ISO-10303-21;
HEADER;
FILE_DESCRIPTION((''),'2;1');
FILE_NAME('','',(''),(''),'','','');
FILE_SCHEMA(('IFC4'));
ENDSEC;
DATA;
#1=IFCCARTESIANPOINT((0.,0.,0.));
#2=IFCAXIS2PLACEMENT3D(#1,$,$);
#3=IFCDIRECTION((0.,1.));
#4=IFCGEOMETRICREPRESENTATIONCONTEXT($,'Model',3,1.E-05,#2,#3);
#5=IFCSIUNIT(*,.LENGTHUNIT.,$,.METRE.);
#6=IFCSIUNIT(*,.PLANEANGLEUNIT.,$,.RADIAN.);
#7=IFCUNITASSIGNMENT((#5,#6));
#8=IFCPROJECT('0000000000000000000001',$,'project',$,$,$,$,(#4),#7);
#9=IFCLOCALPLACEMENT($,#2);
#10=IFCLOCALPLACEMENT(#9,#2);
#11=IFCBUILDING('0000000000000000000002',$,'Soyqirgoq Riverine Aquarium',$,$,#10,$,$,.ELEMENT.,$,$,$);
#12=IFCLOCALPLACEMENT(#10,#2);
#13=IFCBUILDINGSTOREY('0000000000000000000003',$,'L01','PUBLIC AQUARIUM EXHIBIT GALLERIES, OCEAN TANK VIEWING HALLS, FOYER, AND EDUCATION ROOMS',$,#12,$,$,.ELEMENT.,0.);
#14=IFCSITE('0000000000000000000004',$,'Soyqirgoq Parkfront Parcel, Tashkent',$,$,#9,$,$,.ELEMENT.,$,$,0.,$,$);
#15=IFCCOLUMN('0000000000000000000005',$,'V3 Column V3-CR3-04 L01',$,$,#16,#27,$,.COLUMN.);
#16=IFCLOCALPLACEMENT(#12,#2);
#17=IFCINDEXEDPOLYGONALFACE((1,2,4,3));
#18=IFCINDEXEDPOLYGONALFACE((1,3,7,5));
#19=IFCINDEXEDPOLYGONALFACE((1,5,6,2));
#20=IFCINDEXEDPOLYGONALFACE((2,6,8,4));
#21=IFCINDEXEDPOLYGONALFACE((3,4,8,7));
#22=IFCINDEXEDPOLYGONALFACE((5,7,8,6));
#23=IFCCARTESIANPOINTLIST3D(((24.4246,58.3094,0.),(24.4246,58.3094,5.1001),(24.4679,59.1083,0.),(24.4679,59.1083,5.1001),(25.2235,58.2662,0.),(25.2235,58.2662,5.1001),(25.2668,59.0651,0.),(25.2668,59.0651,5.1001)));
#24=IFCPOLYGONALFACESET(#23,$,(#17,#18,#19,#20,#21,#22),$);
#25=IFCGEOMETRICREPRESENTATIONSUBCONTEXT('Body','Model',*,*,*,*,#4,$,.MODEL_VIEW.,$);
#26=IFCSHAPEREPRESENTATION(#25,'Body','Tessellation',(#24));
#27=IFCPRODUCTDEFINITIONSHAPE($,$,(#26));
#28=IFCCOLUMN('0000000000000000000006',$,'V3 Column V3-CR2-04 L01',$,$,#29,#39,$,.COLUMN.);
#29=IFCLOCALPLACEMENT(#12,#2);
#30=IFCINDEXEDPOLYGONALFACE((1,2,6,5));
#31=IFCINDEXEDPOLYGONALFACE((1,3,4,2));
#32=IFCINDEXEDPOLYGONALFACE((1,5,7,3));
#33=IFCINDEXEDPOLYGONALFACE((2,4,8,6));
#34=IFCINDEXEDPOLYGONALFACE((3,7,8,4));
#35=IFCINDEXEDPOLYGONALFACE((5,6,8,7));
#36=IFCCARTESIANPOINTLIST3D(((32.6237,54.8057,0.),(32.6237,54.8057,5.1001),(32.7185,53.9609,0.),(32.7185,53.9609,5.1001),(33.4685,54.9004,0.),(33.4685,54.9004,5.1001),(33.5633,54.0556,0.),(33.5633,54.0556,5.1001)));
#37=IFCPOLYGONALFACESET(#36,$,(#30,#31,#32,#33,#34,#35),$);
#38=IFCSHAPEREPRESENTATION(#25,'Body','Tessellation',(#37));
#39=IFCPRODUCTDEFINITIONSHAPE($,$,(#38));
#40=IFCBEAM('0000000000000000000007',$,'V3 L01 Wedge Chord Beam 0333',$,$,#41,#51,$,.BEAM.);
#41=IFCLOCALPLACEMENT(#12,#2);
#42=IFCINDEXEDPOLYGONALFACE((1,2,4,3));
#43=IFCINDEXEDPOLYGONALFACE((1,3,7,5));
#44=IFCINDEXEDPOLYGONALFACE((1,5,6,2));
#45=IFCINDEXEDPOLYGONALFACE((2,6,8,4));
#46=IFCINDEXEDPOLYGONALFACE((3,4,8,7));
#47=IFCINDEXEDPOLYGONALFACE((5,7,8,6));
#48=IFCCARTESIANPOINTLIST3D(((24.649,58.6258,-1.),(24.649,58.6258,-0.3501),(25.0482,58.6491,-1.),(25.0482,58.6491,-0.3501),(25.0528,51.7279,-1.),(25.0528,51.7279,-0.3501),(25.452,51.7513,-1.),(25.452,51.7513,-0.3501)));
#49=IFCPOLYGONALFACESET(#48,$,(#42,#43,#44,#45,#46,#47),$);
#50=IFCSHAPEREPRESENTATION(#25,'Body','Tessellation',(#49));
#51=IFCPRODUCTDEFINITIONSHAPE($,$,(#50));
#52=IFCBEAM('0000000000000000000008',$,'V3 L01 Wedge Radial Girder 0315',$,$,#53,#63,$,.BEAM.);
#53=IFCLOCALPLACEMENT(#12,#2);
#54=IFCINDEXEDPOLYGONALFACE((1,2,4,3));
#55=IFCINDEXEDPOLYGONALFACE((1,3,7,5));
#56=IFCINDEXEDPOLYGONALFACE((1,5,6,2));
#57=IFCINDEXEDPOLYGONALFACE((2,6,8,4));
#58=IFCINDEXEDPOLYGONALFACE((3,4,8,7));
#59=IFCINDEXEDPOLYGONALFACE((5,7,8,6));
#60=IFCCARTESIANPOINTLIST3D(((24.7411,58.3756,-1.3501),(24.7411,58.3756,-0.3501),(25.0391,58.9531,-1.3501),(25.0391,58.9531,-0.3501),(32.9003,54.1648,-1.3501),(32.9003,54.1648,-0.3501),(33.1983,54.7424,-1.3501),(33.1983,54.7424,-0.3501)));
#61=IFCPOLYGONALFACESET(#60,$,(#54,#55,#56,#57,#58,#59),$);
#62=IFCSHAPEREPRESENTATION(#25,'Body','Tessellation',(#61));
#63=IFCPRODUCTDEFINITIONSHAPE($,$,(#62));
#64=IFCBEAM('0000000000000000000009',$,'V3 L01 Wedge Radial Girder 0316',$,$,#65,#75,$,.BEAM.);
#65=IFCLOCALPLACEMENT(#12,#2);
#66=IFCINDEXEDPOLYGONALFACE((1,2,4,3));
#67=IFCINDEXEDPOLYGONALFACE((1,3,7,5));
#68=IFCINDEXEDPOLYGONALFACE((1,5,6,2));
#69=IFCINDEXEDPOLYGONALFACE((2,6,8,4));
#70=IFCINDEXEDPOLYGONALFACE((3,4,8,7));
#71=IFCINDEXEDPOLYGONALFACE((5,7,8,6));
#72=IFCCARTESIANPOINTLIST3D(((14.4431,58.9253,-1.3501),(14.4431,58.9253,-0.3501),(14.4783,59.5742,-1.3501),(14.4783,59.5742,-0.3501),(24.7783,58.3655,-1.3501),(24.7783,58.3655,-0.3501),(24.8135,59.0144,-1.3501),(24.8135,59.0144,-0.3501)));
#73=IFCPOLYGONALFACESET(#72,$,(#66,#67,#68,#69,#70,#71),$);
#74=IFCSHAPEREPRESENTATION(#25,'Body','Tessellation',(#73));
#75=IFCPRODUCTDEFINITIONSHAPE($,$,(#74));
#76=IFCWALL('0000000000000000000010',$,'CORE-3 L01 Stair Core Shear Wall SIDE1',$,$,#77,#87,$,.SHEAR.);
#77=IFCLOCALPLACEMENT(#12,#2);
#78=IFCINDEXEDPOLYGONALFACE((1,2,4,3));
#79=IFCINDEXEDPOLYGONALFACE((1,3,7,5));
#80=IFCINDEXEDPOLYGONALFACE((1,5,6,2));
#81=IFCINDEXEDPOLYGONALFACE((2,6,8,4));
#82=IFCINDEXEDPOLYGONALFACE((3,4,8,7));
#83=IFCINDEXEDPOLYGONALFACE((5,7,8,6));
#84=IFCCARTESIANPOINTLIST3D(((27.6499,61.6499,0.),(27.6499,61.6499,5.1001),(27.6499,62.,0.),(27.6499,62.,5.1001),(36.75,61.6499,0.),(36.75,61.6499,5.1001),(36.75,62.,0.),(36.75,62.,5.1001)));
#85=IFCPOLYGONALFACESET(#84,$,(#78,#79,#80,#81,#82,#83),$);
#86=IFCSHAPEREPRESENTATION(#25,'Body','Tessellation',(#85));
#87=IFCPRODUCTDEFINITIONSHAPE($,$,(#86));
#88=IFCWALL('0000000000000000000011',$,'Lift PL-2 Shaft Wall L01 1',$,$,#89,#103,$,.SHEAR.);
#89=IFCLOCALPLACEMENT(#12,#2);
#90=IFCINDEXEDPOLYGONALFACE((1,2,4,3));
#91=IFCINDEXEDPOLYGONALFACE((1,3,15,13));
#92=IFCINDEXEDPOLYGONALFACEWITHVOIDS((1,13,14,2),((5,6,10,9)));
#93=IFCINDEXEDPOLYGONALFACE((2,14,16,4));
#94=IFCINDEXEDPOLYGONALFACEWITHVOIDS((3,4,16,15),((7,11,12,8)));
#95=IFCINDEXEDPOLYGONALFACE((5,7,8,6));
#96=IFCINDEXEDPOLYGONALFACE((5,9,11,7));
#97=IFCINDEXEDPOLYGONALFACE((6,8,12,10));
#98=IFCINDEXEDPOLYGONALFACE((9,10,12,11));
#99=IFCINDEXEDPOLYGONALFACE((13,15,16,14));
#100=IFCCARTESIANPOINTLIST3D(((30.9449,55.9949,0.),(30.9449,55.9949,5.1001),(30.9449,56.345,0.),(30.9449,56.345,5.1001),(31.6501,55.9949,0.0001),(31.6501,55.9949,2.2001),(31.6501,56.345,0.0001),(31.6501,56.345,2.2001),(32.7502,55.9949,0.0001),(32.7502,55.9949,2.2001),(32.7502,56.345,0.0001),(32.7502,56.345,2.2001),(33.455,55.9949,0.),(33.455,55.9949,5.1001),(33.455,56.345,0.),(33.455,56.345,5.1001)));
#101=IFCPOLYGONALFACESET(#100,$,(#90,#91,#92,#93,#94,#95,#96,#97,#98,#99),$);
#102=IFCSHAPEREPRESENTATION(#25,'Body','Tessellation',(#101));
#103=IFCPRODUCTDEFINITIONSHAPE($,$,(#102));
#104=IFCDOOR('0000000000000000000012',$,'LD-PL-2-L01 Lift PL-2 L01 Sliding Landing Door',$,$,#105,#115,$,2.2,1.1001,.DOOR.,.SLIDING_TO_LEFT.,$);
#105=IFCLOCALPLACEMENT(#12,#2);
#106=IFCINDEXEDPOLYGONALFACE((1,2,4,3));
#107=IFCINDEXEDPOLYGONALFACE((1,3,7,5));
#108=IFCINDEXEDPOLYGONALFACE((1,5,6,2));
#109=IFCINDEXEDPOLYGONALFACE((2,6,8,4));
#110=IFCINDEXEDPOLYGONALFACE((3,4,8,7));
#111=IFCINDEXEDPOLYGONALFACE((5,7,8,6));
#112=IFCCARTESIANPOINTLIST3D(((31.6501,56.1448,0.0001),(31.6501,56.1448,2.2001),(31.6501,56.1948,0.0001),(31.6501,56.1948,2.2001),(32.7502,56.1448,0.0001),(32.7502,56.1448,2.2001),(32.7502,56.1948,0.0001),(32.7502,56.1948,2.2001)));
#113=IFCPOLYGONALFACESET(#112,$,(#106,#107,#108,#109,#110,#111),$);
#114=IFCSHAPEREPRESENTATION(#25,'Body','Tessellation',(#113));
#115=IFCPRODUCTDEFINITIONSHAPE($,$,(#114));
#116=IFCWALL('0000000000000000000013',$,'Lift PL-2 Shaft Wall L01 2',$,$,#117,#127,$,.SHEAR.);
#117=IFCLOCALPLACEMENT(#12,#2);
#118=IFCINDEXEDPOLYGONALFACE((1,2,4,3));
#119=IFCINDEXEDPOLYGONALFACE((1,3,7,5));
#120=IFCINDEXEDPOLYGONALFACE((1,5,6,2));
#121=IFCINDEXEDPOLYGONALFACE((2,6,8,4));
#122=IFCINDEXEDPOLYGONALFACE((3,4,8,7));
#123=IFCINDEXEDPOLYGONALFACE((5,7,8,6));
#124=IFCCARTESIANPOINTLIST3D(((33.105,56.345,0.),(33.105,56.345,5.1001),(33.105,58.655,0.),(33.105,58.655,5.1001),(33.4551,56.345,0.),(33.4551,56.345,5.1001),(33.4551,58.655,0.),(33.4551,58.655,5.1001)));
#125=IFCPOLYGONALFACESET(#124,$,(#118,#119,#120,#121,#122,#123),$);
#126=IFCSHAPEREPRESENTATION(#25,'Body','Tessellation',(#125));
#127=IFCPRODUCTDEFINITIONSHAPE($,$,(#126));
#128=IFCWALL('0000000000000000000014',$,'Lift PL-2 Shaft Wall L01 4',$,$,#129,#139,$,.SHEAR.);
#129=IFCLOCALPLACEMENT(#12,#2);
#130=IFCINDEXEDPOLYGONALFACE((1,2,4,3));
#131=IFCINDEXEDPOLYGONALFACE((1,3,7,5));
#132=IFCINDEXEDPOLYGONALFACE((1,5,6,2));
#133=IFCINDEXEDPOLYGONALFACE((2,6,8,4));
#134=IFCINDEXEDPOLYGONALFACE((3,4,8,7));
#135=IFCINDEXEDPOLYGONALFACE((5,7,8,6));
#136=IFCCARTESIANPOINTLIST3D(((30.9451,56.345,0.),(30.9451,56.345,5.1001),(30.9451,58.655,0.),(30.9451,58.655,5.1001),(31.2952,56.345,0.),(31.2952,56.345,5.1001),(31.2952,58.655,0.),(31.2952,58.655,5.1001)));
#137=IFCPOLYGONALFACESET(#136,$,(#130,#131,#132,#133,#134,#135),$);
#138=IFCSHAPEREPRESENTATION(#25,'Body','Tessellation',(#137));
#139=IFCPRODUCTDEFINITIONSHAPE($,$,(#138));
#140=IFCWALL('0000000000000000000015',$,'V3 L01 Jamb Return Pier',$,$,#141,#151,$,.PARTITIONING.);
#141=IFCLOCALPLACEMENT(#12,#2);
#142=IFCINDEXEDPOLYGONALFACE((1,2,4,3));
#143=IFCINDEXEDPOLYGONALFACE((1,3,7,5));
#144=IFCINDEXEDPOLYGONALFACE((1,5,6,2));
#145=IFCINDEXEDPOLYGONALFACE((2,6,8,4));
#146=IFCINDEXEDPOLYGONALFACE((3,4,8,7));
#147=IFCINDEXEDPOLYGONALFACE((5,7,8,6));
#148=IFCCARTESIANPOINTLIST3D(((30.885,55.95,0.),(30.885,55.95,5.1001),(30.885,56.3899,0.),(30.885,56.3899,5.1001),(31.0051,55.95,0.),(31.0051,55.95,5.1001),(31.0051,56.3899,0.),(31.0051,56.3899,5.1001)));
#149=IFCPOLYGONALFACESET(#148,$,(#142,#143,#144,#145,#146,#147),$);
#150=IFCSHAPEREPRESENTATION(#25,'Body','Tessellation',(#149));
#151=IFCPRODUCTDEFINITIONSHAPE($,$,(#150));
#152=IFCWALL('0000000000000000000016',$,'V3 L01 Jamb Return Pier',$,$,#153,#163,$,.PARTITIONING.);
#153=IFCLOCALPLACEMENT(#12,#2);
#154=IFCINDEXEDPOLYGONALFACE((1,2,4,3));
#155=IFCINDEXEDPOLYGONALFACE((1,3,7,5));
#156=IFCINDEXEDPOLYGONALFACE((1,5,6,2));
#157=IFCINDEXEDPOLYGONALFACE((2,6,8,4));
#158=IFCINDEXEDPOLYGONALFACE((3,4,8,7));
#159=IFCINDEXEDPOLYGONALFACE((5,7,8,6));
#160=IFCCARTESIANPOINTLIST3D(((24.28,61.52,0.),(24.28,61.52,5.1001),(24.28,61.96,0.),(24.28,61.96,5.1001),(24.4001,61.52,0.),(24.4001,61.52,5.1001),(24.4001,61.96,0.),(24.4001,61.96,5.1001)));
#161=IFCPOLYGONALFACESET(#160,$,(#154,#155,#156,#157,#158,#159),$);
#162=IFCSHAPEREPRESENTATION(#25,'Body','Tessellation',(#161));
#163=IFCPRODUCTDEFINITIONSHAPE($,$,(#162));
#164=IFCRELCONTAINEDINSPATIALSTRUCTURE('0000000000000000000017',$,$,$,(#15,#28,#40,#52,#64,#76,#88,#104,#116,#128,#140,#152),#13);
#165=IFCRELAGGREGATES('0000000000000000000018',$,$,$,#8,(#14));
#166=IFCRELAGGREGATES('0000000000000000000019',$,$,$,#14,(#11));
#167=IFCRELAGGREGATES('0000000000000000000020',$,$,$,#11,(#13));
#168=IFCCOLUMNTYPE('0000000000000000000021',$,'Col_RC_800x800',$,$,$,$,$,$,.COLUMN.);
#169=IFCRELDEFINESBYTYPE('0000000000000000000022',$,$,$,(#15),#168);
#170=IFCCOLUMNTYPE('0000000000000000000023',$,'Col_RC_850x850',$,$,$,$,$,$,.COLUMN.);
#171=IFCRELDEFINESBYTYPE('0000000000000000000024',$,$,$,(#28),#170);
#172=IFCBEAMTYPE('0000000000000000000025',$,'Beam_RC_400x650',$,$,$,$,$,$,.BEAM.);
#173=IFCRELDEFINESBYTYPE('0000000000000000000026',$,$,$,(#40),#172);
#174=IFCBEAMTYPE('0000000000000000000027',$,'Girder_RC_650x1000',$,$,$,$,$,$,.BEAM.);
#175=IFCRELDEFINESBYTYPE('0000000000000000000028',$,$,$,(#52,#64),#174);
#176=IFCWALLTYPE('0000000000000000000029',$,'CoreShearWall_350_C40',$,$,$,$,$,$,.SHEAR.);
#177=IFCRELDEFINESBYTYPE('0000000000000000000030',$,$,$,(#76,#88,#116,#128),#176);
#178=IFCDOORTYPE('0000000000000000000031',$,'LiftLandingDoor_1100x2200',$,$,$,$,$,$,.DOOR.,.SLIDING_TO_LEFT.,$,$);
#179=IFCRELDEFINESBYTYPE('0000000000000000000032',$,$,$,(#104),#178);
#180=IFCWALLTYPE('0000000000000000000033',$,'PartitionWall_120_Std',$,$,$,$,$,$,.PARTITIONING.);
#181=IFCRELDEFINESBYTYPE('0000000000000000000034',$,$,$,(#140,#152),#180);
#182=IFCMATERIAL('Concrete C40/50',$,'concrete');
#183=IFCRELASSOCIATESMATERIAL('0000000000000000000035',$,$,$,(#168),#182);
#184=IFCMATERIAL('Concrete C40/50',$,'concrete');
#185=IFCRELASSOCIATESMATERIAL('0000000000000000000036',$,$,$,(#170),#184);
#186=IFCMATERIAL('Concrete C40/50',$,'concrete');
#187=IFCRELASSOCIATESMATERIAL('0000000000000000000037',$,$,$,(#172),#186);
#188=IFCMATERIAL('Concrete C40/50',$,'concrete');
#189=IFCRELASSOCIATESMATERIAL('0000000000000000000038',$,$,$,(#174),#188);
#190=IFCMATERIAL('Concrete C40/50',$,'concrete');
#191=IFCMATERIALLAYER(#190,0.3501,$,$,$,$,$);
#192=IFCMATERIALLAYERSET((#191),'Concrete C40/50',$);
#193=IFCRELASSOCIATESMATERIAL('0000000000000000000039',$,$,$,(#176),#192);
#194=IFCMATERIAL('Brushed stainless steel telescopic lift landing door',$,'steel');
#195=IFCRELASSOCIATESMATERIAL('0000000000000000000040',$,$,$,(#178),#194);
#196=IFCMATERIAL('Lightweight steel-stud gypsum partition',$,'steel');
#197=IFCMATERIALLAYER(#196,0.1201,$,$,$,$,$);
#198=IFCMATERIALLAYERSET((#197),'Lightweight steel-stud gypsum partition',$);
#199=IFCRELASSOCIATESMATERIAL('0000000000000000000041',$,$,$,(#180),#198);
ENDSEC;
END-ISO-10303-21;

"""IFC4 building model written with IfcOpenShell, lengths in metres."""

from ifc_helpers import new_model, si_unit, direction, frame, frame_2d, origin, origin_2d, place, context, subcontext, project, spatial, rectangle, extrude, material, layer, layer_set, material_profile, profile_set, type_object, element, fill, save


model = new_model("IFC4")

# Units and contexts
model_context = context("Model", 3, precision=1e-05, world=origin(), true_north=direction((0.0, 1.0)))
body_context = subcontext(model_context, "Body", "Model", "MODEL_VIEW")
ifc_project = project(units=[si_unit("LENGTHUNIT", "METRE"), si_unit("PLANEANGLEUNIT", "RADIAN")], contexts=[model_context])

# Site, building, storey
site_placement = place(None, origin())
site = spatial("IfcSite", under=ifc_project, at=site_placement, Name="Soyqirgoq Parkfront Parcel, Tashkent", CompositionType="ELEMENT", RefElevation=0.0)
building_placement = place(site_placement, origin())
building = spatial("IfcBuilding", under=site, at=building_placement, Name="Soyqirgoq Riverine Aquarium", CompositionType="ELEMENT")
storey_placement = place(building_placement, origin())
storey = spatial("IfcBuildingStorey", under=building, at=storey_placement, Name="L01", Description="PUBLIC AQUARIUM EXHIBIT GALLERIES, OCEAN TANK VIEWING HALLS, FOYER, AND EDUCATION ROOMS", CompositionType="ELEMENT", Elevation=0.0)

# Columns
ifc_material_1 = material(Name="Concrete C40/50", Category="concrete")
ifc_material_profile_1 = material_profile(ifc_material_1, rectangle(XDim=0.8, YDim=0.8, at=origin_2d()), Name="RC 800x800")
ifc_profile_set_1 = profile_set([ifc_material_profile_1], Name="Concrete C40/50")
column_type_1 = type_object("IfcColumnType", Name="Col_RC_800x800", PredefinedType="COLUMN", material=ifc_profile_set_1)
column_1_placement = place(storey_placement, frame((24.8457, 58.6873, 0.0), z_axis=(0.0, 0.0, 1.0), x_axis=(-0.998537, 0.054079, 0.0)))
element("IfcColumn", 1, at=column_1_placement, inside=storey, type_object=column_type_1, Name="V3 Column V3-CR3-04 L01", PredefinedType="COLUMN", context=body_context, shape_type="SweptSolid", body=[
    extrude(rectangle(XDim=0.8, YDim=0.8, at=origin_2d()), origin(), (0.0, 0.0, 1.0), 5.1001),
])
ifc_material_2 = material(Name="Concrete C40/50", Category="concrete")
ifc_material_profile_2 = material_profile(ifc_material_2, rectangle(XDim=0.8501, YDim=0.8501, at=origin_2d()), Name="RC 850x850")
ifc_profile_set_2 = profile_set([ifc_material_profile_2], Name="Concrete C40/50")
column_type_2 = type_object("IfcColumnType", Name="Col_RC_850x850", PredefinedType="COLUMN", material=ifc_profile_set_2)
column_2_placement = place(storey_placement, frame((33.0935, 54.4307, 0.0), z_axis=(0.0, 0.0, 1.0), x_axis=(-0.993768, -0.111469, 0.0)))
element("IfcColumn", 2, at=column_2_placement, inside=storey, type_object=column_type_2, Name="V3 Column V3-CR2-04 L01", PredefinedType="COLUMN", context=body_context, shape_type="SweptSolid", body=[
    extrude(rectangle(XDim=0.8501, YDim=0.8501, at=origin_2d()), origin(), (0.0, 0.0, 1.0), 5.1001),
])

# Beams
ifc_material_3 = material(Name="Concrete C40/50", Category="concrete")
ifc_material_profile_3 = material_profile(ifc_material_3, rectangle(XDim=0.3999, YDim=0.6499, at=origin_2d()), Name="RC 400x650")
ifc_profile_set_3 = profile_set([ifc_material_profile_3], Name="Concrete C40/50")
beam_type_1 = type_object("IfcBeamType", Name="Beam_RC_400x650", PredefinedType="BEAM", material=ifc_profile_set_3)
beam_1_placement = place(storey_placement, frame((24.8486, 58.6375, -0.675), z_axis=(0.05844, -0.998291, 0.0), x_axis=(0.998291, 0.05844, 0.0)))
element("IfcBeam", 3, at=beam_1_placement, inside=storey, type_object=beam_type_1, Name="V3 L01 Wedge Chord Beam 0333", PredefinedType="BEAM", context=body_context, shape_type="SweptSolid", body=[
    extrude(rectangle(XDim=0.3999, YDim=0.6499, at=origin_2d()), origin(), (0.0, 0.0, 1.0), 6.9097),
])
ifc_material_4 = material(Name="Concrete C40/50", Category="concrete")
ifc_material_profile_4 = material_profile(ifc_material_4, rectangle(XDim=0.6499, YDim=1.0, at=origin_2d()), Name="RC 650x1000")
ifc_profile_set_4 = profile_set([ifc_material_profile_4], Name="Concrete C40/50")
beam_type_2 = type_object("IfcBeamType", Name="Girder_RC_650x1000", PredefinedType="BEAM", material=ifc_profile_set_4)
beam_2_placement = place(storey_placement, frame((33.0493, 54.4536, -0.8501), z_axis=(-0.888643, 0.4586, 0.0), x_axis=(-0.4586, -0.888643, 0.0)))
element("IfcBeam", 4, at=beam_2_placement, inside=storey, type_object=beam_type_2, Name="V3 L01 Wedge Radial Girder 0315", PredefinedType="BEAM", context=body_context, shape_type="SweptSolid", body=[
    extrude(rectangle(XDim=0.6499, YDim=1.0, at=origin_2d()), origin(), (0.0, 0.0, 1.0), 9.1816),
])
beam_3_placement = place(storey_placement, frame((24.7959, 58.6899, -0.8501), z_axis=(-0.998536, 0.054086, 0.0), x_axis=(-0.054086, -0.998536, 0.0)))
element("IfcBeam", 5, at=beam_3_placement, inside=storey, type_object=beam_type_2, Name="V3 L01 Wedge Radial Girder 0316", PredefinedType="BEAM", context=body_context, shape_type="SweptSolid", body=[
    extrude(rectangle(XDim=0.6499, YDim=1.0, at=origin_2d()), origin(), (0.0, 0.0, 1.0), 10.3503),
])

# Wall
ifc_material_5 = material(Name="Concrete C40/50", Category="concrete")
ifc_layer_1 = layer(ifc_material_5, 0.3501)
ifc_layer_set_1 = layer_set([ifc_layer_1], Name="Concrete C40/50")
wall_type_1 = type_object("IfcWallType", Name="CoreShearWall_350_C40", PredefinedType="SHEAR", material=ifc_layer_set_1)
wall_1_placement = place(storey_placement, frame((27.6499, 61.825, 0.0), z_axis=(0.0, 0.0, 1.0), x_axis=(1.0, 0.0, 0.0)))
element("IfcWall", 6, at=wall_1_placement, inside=storey, type_object=wall_type_1, Name="CORE-3 L01 Stair Core Shear Wall SIDE1", PredefinedType="SHEAR", context=body_context, shape_type="SweptSolid", body=[
    extrude(rectangle(XDim=9.1001, YDim=0.3501, at=frame_2d((4.55, 0.0))), origin(), (0.0, 0.0, 1.0), 5.1001),
])

# Wall, opening, door
wall_2_placement = place(storey_placement, frame((30.9451, 56.1699, 0.0), z_axis=(0.0, 0.0, 1.0), x_axis=(1.0, 0.0, 0.0)))
wall_2 = element("IfcWall", 7, at=wall_2_placement, inside=storey, type_object=wall_type_1, Name="Lift PL-2 Shaft Wall L01 1", PredefinedType="SHEAR", context=body_context, shape_type="SweptSolid", body=[
    extrude(rectangle(XDim=2.51, YDim=0.3501, at=frame_2d((1.2549, 0.0))), origin(), (0.0, 0.0, 1.0), 5.1001),
])
opening_1_placement = place(wall_2_placement, frame((0.7051, 0.0, 0.0)))
opening_1 = element("IfcOpeningElement", 8, at=opening_1_placement, cuts=wall_2, PredefinedType="OPENING", context=body_context, shape_type="SweptSolid", body=[
    extrude(rectangle(XDim=1.1001, YDim=2.2, at=frame_2d((0.55, 1.1001))), frame((0.0, 0.1851, 0.0), z_axis=(0.0, -1.0, 0.0), x_axis=(1.0, 0.0, 0.0)), (0.0, 0.0, 1.0), 0.3701),
])
ifc_material_6 = material(Name="Brushed stainless steel telescopic lift landing door", Category="steel")
door_type_1 = type_object("IfcDoorType", Name="LiftLandingDoor_1100x2200", OperationType="SLIDING_TO_LEFT", PredefinedType="DOOR", material=ifc_material_6)
door_1_placement = place(opening_1_placement, origin())
door_1 = element("IfcDoor", 9, at=door_1_placement, inside=storey, type_object=door_type_1, Name="LD-PL-2-L01 Lift PL-2 L01 Sliding Landing Door", OperationType="SLIDING_TO_LEFT", OverallHeight=2.2, OverallWidth=1.1001, PredefinedType="DOOR", context=body_context, shape_type="SweptSolid", body=[
    extrude(rectangle(XDim=1.1001, YDim=2.2, at=frame_2d((0.55, 1.1001))), frame((0.0, 0.0249, 0.0), z_axis=(0.0, -1.0, 0.0), x_axis=(1.0, 0.0, 0.0)), (0.0, 0.0, 1.0), 0.05),
])
fill(opening_1, door_1)

# Walls
for number, where, z_axis, x_axis, name in (
    (10, (33.28, 56.345, 0.0), (0.0, 0.0, 1.0), (0.0, 1.0, 0.0), "Lift PL-2 Shaft Wall L01 2"),
    (11, (31.1201, 58.655, 0.0), (0.0, 0.0, 1.0), (0.0, -1.0, 0.0), "Lift PL-2 Shaft Wall L01 4"),
):
    element("IfcWall", number, at=place(storey_placement, frame(where, z_axis=z_axis, x_axis=x_axis)), inside=storey, type_object=wall_type_1, Name=name, PredefinedType="SHEAR", context=body_context, shape_type="SweptSolid", body=[
        extrude(rectangle(XDim=2.3101, YDim=0.3501, at=frame_2d((1.155, 0.0))), origin(), (0.0, 0.0, 1.0), 5.1001),
    ])
ifc_material_7 = material(Name="Lightweight steel-stud gypsum partition", Category="steel")
ifc_layer_2 = layer(ifc_material_7, 0.1201)
ifc_layer_set_2 = layer_set([ifc_layer_2], Name="Lightweight steel-stud gypsum partition")
wall_type_2 = type_object("IfcWallType", Name="PartitionWall_120_Std", PredefinedType="PARTITIONING", material=ifc_layer_set_2)
for number, where, z_axis, x_axis, name in (
    (12, (30.9451, 55.95, 0.0), (0.0, 0.0, 1.0), (0.0, 1.0, 0.0), "V3 L01 Jamb Return Pier"),
    (13, (24.3401, 61.96, 0.0), (0.0, 0.0, 1.0), (0.0, -1.0, 0.0), "V3 L01 Jamb Return Pier"),
):
    element("IfcWall", number, at=place(storey_placement, frame(where, z_axis=z_axis, x_axis=x_axis)), inside=storey, type_object=wall_type_2, Name=name, PredefinedType="PARTITIONING", context=body_context, shape_type="SweptSolid", body=[
        extrude(rectangle(XDim=0.4399, YDim=0.1201, at=frame_2d((0.22, 0.0))), origin(), (0.0, 0.0, 1.0), 5.1001),
    ])

save(model, "model.ifc")
